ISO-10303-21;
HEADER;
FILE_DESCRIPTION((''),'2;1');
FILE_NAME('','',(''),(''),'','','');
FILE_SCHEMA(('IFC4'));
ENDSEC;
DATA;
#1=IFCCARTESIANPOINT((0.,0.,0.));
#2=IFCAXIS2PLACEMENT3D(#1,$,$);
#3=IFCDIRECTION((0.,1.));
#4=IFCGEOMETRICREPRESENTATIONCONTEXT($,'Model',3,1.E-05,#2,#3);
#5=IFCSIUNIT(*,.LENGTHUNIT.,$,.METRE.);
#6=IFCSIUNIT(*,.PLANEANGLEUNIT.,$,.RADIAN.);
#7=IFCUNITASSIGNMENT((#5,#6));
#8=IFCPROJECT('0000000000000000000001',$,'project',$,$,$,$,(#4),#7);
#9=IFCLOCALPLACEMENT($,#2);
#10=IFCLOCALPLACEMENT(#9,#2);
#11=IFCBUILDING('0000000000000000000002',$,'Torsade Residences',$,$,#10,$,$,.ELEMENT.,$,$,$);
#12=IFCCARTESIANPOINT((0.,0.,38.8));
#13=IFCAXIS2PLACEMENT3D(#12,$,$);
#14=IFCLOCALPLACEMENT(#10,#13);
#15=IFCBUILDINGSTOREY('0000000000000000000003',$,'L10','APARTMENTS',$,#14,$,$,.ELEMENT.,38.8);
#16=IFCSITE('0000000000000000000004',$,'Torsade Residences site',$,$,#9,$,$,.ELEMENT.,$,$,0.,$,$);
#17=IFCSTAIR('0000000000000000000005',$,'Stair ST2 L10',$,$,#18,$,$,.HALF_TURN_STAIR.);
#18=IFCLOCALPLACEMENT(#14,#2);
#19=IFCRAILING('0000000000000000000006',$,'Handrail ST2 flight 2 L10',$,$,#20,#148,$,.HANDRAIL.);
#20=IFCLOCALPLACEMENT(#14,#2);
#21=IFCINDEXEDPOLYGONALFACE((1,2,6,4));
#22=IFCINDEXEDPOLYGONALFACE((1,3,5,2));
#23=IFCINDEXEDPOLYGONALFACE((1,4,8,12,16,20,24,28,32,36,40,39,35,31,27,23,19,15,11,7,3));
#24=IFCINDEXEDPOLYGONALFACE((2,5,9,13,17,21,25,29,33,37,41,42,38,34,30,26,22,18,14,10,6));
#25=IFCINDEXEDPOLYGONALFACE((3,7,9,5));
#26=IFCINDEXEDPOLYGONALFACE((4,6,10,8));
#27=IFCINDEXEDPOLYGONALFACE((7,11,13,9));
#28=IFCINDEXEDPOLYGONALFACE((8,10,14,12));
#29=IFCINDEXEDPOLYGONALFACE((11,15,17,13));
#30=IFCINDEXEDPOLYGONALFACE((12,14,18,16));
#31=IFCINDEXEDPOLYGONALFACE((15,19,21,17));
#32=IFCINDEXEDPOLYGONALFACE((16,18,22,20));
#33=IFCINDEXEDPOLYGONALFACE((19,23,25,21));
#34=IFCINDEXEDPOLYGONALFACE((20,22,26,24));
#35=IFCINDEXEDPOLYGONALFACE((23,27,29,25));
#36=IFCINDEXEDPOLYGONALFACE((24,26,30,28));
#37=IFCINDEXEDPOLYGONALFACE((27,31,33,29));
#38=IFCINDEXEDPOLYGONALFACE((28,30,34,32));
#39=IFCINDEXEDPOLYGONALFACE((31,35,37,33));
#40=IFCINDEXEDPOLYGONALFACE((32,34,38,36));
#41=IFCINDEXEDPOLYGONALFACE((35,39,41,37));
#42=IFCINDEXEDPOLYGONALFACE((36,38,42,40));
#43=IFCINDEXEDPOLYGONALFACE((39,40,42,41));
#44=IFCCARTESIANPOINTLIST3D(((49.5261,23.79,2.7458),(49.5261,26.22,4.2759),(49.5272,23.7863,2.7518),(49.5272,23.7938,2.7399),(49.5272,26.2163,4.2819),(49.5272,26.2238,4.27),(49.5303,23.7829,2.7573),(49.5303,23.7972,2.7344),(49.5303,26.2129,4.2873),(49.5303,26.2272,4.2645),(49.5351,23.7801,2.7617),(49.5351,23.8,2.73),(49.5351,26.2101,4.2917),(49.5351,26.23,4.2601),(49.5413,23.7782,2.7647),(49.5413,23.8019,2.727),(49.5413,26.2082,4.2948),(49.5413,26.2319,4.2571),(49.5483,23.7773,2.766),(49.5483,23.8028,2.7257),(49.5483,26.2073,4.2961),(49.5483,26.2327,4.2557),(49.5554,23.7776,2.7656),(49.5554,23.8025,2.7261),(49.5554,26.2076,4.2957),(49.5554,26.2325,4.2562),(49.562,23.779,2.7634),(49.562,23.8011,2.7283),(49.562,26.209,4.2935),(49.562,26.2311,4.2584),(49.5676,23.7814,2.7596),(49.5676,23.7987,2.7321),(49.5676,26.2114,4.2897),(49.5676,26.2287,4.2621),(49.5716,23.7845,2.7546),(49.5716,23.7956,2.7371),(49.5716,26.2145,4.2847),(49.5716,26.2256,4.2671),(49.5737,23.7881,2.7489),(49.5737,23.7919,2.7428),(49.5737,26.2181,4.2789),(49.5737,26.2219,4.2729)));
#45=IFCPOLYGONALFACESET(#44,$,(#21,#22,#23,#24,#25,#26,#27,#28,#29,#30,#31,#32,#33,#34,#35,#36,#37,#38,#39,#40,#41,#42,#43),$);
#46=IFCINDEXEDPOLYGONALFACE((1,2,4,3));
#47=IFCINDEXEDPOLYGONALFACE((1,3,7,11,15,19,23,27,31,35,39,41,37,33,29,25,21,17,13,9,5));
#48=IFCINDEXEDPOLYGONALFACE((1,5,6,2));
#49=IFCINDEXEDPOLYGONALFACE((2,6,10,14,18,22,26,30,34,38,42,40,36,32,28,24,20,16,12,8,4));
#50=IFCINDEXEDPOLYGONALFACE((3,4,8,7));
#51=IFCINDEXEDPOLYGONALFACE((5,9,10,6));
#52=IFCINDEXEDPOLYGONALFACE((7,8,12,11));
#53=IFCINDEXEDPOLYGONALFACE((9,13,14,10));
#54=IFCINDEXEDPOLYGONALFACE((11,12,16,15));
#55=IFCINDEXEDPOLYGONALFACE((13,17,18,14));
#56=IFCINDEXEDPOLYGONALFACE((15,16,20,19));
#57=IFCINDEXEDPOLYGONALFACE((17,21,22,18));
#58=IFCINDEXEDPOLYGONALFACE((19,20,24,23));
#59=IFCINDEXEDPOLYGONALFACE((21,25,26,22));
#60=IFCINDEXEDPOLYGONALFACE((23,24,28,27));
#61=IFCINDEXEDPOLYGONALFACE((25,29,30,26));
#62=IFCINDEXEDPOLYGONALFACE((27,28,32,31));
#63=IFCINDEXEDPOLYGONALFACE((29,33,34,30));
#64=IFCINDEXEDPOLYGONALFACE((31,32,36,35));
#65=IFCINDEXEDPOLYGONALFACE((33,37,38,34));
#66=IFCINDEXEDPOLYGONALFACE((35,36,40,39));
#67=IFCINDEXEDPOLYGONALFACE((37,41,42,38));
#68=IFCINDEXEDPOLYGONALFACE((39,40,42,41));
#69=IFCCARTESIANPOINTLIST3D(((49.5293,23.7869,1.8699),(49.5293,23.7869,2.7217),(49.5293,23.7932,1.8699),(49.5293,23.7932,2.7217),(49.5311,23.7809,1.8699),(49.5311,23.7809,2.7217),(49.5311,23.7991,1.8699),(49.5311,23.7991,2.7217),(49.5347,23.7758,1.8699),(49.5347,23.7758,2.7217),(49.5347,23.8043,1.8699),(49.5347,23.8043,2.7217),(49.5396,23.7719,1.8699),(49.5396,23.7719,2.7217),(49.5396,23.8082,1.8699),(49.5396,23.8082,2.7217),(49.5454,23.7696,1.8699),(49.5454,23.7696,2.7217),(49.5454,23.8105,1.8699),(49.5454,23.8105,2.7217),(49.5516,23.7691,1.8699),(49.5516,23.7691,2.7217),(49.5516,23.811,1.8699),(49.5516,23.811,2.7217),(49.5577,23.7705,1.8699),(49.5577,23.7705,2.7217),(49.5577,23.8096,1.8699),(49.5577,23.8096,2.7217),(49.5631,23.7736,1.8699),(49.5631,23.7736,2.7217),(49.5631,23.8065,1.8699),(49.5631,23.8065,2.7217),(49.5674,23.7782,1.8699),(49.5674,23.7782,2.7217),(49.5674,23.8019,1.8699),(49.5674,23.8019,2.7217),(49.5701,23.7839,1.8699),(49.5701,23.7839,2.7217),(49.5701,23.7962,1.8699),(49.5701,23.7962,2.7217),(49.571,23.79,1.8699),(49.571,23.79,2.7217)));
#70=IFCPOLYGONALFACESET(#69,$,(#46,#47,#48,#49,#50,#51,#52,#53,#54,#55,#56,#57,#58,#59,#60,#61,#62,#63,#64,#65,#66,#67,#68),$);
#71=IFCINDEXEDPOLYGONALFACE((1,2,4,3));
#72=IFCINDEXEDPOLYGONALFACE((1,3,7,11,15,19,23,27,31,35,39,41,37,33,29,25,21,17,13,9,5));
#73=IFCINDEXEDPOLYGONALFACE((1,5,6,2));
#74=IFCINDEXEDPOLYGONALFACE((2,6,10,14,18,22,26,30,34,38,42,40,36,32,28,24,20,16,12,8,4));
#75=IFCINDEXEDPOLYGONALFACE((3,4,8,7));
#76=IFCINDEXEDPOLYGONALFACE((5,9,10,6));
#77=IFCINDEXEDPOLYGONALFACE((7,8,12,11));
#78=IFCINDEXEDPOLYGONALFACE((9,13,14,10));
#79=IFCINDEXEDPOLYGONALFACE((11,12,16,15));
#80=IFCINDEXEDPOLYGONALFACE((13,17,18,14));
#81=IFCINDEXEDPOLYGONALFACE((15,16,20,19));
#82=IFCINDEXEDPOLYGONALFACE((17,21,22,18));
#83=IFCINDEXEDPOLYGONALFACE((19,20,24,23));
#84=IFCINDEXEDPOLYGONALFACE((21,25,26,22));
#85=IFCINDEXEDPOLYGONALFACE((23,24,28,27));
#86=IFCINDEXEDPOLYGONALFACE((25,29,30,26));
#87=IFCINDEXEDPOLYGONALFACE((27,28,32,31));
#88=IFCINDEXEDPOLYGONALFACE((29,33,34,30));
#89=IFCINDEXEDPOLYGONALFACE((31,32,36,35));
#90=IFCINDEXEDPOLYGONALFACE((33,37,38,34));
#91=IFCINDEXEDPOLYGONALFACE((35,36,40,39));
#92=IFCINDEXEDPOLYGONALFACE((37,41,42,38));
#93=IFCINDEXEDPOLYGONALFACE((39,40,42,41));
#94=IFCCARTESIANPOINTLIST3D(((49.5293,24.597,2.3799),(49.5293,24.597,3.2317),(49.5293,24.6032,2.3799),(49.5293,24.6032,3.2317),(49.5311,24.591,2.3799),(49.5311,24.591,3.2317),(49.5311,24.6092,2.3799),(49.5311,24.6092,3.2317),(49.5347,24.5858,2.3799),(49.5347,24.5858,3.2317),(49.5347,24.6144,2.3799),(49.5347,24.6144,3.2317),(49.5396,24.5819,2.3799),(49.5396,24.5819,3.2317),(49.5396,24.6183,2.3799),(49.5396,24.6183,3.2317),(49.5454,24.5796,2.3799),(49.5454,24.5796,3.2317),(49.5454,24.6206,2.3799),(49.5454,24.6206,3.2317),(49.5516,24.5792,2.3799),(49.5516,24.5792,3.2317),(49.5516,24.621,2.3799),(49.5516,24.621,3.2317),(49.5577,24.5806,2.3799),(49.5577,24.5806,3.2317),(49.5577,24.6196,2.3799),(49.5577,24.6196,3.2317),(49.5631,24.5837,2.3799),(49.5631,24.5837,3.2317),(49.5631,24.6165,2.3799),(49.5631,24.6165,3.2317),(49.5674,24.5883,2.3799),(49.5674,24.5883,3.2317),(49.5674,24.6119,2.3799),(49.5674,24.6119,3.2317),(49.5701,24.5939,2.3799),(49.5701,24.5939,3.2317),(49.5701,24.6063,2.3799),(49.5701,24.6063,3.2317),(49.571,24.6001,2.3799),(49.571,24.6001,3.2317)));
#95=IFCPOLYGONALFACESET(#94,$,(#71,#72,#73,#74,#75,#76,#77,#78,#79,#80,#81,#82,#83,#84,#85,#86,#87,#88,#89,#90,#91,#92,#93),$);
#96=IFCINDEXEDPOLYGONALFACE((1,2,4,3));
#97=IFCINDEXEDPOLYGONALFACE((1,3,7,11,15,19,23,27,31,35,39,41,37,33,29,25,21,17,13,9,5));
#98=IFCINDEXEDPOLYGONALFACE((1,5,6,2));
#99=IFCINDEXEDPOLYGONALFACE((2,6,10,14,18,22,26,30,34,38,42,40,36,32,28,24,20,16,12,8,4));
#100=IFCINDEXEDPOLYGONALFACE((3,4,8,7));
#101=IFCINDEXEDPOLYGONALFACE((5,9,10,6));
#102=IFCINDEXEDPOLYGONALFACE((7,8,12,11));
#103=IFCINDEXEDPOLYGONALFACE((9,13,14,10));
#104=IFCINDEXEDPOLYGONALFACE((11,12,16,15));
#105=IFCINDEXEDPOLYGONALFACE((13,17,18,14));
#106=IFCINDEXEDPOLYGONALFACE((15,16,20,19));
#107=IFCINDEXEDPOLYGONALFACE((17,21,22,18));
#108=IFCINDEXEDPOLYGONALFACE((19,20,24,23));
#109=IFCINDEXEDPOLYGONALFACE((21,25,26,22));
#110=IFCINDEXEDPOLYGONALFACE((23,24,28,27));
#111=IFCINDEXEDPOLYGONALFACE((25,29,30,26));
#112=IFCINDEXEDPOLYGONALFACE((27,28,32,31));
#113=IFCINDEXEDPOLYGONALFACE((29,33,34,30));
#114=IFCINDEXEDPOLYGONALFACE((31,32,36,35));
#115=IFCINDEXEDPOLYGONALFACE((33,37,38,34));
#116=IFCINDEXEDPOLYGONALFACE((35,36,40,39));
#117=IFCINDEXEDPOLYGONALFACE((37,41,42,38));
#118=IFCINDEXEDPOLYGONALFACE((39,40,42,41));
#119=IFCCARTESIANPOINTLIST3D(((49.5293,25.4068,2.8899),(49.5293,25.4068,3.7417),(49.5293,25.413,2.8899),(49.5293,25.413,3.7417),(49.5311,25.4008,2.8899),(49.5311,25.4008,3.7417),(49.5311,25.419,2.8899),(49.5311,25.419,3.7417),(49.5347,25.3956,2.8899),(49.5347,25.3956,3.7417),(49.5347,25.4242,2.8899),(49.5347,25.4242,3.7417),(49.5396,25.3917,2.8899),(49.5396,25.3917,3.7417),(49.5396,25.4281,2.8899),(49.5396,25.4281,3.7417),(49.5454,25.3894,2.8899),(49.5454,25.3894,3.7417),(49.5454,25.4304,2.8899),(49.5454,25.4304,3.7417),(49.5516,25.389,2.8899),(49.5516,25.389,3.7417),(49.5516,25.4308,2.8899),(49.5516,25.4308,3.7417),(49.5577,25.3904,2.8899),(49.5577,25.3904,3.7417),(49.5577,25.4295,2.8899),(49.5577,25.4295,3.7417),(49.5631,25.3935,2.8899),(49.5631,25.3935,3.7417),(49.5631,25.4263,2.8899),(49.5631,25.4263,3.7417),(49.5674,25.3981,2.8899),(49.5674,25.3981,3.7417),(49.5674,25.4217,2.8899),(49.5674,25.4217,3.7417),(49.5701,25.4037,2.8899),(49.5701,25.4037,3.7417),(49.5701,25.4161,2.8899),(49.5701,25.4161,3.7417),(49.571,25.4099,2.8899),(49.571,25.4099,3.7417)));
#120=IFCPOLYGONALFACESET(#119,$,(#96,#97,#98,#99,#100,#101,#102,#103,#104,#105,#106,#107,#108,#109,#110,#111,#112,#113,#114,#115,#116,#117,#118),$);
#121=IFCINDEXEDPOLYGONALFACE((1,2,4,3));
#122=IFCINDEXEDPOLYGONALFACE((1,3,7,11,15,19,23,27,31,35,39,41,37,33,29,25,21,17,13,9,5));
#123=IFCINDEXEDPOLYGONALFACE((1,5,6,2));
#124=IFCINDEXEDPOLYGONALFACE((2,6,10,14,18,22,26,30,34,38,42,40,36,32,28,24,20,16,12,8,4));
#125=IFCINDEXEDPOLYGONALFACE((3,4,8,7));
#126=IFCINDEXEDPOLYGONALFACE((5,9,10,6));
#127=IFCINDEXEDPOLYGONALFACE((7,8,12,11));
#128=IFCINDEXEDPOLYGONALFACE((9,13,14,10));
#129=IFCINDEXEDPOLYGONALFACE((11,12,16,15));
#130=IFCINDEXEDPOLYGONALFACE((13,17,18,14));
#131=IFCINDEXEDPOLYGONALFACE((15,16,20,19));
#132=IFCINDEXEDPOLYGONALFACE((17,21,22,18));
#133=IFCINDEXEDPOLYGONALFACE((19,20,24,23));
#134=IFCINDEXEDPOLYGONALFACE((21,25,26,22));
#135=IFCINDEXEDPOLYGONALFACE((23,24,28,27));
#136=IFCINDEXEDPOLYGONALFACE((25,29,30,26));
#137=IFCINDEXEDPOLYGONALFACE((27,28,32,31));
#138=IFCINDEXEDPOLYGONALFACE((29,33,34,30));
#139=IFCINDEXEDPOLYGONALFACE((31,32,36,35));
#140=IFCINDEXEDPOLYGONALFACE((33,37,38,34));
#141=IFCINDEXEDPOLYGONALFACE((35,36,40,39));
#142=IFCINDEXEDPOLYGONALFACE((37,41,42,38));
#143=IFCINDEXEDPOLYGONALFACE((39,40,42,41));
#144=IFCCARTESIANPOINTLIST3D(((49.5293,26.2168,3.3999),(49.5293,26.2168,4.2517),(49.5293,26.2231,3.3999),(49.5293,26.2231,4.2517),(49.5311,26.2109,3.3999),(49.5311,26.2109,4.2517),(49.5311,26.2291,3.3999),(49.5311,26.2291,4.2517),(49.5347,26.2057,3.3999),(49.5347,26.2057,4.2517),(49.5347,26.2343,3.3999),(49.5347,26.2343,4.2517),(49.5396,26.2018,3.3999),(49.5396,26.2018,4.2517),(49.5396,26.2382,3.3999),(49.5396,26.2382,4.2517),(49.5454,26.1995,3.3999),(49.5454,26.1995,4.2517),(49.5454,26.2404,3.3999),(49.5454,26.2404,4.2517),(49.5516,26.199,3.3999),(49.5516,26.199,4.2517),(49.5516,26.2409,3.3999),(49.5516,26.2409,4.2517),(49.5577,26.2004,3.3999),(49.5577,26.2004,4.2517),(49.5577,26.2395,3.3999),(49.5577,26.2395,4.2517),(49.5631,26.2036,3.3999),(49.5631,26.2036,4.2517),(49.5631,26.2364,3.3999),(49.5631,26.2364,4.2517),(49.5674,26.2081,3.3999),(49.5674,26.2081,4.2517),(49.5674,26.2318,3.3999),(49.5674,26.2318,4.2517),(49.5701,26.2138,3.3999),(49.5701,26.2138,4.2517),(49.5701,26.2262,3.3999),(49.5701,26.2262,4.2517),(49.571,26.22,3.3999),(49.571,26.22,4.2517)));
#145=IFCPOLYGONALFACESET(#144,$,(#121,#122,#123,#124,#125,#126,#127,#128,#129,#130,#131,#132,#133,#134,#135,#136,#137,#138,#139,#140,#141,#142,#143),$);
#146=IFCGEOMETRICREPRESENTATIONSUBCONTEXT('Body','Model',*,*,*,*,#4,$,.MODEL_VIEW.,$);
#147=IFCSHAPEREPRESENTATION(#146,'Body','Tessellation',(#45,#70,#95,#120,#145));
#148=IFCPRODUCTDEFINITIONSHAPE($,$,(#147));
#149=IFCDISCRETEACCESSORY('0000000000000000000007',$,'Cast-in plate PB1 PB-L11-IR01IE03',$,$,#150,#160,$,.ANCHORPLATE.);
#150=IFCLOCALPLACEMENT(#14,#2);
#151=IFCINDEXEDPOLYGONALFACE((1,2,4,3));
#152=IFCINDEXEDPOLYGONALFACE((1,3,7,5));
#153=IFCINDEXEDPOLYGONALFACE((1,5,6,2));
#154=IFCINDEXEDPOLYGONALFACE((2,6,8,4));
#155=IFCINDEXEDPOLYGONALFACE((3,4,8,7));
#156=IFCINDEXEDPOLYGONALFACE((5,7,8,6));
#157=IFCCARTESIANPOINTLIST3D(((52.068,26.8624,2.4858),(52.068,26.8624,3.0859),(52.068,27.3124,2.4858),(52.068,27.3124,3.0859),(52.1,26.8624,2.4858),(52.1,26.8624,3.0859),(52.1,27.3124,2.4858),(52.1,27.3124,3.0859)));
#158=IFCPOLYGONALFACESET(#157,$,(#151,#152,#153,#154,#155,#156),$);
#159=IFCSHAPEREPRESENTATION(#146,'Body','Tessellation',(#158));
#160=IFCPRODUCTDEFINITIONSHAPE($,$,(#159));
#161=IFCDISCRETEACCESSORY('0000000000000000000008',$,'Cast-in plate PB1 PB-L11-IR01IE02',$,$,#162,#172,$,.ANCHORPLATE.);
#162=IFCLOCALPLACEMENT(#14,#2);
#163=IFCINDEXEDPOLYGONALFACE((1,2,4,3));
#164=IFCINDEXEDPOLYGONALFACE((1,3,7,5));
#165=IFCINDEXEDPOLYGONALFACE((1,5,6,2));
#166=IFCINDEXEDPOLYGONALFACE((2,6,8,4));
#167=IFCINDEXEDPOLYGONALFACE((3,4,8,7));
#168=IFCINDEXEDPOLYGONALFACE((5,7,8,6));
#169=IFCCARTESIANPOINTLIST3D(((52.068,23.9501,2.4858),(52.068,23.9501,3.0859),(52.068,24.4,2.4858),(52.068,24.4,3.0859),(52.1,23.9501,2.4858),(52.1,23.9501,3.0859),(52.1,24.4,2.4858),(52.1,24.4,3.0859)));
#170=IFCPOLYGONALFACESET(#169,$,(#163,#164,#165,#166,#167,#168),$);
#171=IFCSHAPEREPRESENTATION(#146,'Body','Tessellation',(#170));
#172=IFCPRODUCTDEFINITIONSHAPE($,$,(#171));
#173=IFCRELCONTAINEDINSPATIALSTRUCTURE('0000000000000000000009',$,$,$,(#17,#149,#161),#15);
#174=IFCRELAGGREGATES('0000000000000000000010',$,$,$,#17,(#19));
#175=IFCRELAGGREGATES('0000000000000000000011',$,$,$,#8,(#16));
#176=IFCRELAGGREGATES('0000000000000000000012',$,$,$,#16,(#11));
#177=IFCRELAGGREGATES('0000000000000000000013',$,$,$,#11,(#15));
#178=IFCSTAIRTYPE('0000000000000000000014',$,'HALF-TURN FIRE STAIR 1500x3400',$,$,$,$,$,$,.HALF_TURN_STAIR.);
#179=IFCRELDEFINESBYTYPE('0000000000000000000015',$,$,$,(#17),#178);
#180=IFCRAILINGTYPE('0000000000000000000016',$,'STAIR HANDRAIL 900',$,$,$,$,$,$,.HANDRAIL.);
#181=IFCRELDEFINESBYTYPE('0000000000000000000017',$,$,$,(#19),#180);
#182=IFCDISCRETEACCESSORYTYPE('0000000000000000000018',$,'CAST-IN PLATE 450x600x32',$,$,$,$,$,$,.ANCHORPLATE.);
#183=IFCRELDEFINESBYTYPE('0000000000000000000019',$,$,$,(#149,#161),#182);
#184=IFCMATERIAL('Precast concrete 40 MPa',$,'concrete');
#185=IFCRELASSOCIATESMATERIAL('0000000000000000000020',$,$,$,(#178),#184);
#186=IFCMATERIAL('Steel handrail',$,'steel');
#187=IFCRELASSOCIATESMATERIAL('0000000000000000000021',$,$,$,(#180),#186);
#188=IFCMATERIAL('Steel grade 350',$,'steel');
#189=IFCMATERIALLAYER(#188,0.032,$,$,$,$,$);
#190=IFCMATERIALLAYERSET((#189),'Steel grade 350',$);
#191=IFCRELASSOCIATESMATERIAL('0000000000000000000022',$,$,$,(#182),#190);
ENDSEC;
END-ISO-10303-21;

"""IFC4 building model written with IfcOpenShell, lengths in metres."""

from ifc_helpers import new_model, si_unit, direction, frame, origin, origin_2d, place, context, subcontext, project, spatial, rectangle, circle, extrude, material, layer, layer_set, type_object, element, aggregate, save


model = new_model("IFC4")

# Units and contexts
model_context = context("Model", 3, precision=1e-05, world=origin(), true_north=direction((0.0, 1.0)))
body_context = subcontext(model_context, "Body", "Model", "MODEL_VIEW")
ifc_project = project(units=[si_unit("LENGTHUNIT", "METRE"), si_unit("PLANEANGLEUNIT", "RADIAN")], contexts=[model_context])

# Site, building, storey
site_placement = place(None, origin())
site = spatial("IfcSite", under=ifc_project, at=site_placement, Name="Torsade Residences site", CompositionType="ELEMENT", RefElevation=0.0)
building_placement = place(site_placement, origin())
building = spatial("IfcBuilding", under=site, at=building_placement, Name="Torsade Residences", CompositionType="ELEMENT")
storey_placement = place(building_placement, frame((0.0, 0.0, 38.8)))
storey = spatial("IfcBuildingStorey", under=building, at=storey_placement, Name="L10", Description="APARTMENTS", CompositionType="ELEMENT", Elevation=38.8)

# Stair, railing
ifc_material_1 = material(Name="Precast concrete 40 MPa", Category="concrete")
stair_type = type_object("IfcStairType", Name="HALF-TURN FIRE STAIR 1500x3400", PredefinedType="HALF_TURN_STAIR", material=ifc_material_1)
stair_placement = place(storey_placement, origin())
stair = element("IfcStair", 1, at=stair_placement, inside=storey, type_object=stair_type, Name="Stair ST2 L10", PredefinedType="HALF_TURN_STAIR")
ifc_material_2 = material(Name="Steel handrail", Category="steel")
railing_type = type_object("IfcRailingType", Name="STAIR HANDRAIL 900", PredefinedType="HANDRAIL", material=ifc_material_2)
railing_1_placement = place(storey_placement, frame((49.55, 23.79, 1.8699)))
railing_1 = element("IfcRailing", 2, at=railing_1_placement, type_object=railing_type, Name="Handrail ST2 flight 2 L10", PredefinedType="HANDRAIL", context=body_context, shape_type="SweptSolid", body=[
    extrude(circle(Radius=0.0239, at=origin_2d()), frame((0.0, 0.0, 0.876), z_axis=(0.0, 0.846221, 0.532831), x_axis=(-1.0, 0.0, 0.0)), (0.0, 0.0, 1.0), 2.8716),
    extrude(circle(Radius=0.021, at=origin_2d()), origin(), (0.0, 0.0, 1.0), 0.8518),
    extrude(circle(Radius=0.021, at=origin_2d()), frame((0.0, 0.8101, 0.51)), (0.0, 0.0, 1.0), 0.8518),
    extrude(circle(Radius=0.021, at=origin_2d()), frame((0.0, 1.6199, 1.02)), (0.0, 0.0, 1.0), 0.8518),
    extrude(circle(Radius=0.021, at=origin_2d()), frame((0.0, 2.4299, 1.53)), (0.0, 0.0, 1.0), 0.8518),
])
aggregate(stair, [railing_1])

# Discrete accessories
ifc_material_3 = material(Name="Steel grade 350", Category="steel")
ifc_layer_1 = layer(ifc_material_3, 0.032)
ifc_layer_set_1 = layer_set([ifc_layer_1], Name="Steel grade 350")
discrete_accessory_type = type_object("IfcDiscreteAccessoryType", Name="CAST-IN PLATE 450x600x32", PredefinedType="ANCHORPLATE", material=ifc_layer_set_1)
for number, where, z_axis, x_axis, name in (
    (3, (52.084, 27.0874, 2.4858), (0.0, 0.0, 1.0), (1.0, 0.0, 0.0), "Cast-in plate PB1 PB-L11-IR01IE03"),
    (4, (52.084, 24.175, 2.4858), (0.0, 0.0, 1.0), (1.0, 0.0, 0.0), "Cast-in plate PB1 PB-L11-IR01IE02"),
):
    element("IfcDiscreteAccessory", number, at=place(storey_placement, frame(where, z_axis=z_axis, x_axis=x_axis)), inside=storey, type_object=discrete_accessory_type, Name=name, PredefinedType="ANCHORPLATE", context=body_context, shape_type="SweptSolid", body=[
        extrude(rectangle(XDim=0.032, YDim=0.45, at=origin_2d()), origin(), (0.0, 0.0, 1.0), 0.6001),
    ])

save(model, "model.ifc")
